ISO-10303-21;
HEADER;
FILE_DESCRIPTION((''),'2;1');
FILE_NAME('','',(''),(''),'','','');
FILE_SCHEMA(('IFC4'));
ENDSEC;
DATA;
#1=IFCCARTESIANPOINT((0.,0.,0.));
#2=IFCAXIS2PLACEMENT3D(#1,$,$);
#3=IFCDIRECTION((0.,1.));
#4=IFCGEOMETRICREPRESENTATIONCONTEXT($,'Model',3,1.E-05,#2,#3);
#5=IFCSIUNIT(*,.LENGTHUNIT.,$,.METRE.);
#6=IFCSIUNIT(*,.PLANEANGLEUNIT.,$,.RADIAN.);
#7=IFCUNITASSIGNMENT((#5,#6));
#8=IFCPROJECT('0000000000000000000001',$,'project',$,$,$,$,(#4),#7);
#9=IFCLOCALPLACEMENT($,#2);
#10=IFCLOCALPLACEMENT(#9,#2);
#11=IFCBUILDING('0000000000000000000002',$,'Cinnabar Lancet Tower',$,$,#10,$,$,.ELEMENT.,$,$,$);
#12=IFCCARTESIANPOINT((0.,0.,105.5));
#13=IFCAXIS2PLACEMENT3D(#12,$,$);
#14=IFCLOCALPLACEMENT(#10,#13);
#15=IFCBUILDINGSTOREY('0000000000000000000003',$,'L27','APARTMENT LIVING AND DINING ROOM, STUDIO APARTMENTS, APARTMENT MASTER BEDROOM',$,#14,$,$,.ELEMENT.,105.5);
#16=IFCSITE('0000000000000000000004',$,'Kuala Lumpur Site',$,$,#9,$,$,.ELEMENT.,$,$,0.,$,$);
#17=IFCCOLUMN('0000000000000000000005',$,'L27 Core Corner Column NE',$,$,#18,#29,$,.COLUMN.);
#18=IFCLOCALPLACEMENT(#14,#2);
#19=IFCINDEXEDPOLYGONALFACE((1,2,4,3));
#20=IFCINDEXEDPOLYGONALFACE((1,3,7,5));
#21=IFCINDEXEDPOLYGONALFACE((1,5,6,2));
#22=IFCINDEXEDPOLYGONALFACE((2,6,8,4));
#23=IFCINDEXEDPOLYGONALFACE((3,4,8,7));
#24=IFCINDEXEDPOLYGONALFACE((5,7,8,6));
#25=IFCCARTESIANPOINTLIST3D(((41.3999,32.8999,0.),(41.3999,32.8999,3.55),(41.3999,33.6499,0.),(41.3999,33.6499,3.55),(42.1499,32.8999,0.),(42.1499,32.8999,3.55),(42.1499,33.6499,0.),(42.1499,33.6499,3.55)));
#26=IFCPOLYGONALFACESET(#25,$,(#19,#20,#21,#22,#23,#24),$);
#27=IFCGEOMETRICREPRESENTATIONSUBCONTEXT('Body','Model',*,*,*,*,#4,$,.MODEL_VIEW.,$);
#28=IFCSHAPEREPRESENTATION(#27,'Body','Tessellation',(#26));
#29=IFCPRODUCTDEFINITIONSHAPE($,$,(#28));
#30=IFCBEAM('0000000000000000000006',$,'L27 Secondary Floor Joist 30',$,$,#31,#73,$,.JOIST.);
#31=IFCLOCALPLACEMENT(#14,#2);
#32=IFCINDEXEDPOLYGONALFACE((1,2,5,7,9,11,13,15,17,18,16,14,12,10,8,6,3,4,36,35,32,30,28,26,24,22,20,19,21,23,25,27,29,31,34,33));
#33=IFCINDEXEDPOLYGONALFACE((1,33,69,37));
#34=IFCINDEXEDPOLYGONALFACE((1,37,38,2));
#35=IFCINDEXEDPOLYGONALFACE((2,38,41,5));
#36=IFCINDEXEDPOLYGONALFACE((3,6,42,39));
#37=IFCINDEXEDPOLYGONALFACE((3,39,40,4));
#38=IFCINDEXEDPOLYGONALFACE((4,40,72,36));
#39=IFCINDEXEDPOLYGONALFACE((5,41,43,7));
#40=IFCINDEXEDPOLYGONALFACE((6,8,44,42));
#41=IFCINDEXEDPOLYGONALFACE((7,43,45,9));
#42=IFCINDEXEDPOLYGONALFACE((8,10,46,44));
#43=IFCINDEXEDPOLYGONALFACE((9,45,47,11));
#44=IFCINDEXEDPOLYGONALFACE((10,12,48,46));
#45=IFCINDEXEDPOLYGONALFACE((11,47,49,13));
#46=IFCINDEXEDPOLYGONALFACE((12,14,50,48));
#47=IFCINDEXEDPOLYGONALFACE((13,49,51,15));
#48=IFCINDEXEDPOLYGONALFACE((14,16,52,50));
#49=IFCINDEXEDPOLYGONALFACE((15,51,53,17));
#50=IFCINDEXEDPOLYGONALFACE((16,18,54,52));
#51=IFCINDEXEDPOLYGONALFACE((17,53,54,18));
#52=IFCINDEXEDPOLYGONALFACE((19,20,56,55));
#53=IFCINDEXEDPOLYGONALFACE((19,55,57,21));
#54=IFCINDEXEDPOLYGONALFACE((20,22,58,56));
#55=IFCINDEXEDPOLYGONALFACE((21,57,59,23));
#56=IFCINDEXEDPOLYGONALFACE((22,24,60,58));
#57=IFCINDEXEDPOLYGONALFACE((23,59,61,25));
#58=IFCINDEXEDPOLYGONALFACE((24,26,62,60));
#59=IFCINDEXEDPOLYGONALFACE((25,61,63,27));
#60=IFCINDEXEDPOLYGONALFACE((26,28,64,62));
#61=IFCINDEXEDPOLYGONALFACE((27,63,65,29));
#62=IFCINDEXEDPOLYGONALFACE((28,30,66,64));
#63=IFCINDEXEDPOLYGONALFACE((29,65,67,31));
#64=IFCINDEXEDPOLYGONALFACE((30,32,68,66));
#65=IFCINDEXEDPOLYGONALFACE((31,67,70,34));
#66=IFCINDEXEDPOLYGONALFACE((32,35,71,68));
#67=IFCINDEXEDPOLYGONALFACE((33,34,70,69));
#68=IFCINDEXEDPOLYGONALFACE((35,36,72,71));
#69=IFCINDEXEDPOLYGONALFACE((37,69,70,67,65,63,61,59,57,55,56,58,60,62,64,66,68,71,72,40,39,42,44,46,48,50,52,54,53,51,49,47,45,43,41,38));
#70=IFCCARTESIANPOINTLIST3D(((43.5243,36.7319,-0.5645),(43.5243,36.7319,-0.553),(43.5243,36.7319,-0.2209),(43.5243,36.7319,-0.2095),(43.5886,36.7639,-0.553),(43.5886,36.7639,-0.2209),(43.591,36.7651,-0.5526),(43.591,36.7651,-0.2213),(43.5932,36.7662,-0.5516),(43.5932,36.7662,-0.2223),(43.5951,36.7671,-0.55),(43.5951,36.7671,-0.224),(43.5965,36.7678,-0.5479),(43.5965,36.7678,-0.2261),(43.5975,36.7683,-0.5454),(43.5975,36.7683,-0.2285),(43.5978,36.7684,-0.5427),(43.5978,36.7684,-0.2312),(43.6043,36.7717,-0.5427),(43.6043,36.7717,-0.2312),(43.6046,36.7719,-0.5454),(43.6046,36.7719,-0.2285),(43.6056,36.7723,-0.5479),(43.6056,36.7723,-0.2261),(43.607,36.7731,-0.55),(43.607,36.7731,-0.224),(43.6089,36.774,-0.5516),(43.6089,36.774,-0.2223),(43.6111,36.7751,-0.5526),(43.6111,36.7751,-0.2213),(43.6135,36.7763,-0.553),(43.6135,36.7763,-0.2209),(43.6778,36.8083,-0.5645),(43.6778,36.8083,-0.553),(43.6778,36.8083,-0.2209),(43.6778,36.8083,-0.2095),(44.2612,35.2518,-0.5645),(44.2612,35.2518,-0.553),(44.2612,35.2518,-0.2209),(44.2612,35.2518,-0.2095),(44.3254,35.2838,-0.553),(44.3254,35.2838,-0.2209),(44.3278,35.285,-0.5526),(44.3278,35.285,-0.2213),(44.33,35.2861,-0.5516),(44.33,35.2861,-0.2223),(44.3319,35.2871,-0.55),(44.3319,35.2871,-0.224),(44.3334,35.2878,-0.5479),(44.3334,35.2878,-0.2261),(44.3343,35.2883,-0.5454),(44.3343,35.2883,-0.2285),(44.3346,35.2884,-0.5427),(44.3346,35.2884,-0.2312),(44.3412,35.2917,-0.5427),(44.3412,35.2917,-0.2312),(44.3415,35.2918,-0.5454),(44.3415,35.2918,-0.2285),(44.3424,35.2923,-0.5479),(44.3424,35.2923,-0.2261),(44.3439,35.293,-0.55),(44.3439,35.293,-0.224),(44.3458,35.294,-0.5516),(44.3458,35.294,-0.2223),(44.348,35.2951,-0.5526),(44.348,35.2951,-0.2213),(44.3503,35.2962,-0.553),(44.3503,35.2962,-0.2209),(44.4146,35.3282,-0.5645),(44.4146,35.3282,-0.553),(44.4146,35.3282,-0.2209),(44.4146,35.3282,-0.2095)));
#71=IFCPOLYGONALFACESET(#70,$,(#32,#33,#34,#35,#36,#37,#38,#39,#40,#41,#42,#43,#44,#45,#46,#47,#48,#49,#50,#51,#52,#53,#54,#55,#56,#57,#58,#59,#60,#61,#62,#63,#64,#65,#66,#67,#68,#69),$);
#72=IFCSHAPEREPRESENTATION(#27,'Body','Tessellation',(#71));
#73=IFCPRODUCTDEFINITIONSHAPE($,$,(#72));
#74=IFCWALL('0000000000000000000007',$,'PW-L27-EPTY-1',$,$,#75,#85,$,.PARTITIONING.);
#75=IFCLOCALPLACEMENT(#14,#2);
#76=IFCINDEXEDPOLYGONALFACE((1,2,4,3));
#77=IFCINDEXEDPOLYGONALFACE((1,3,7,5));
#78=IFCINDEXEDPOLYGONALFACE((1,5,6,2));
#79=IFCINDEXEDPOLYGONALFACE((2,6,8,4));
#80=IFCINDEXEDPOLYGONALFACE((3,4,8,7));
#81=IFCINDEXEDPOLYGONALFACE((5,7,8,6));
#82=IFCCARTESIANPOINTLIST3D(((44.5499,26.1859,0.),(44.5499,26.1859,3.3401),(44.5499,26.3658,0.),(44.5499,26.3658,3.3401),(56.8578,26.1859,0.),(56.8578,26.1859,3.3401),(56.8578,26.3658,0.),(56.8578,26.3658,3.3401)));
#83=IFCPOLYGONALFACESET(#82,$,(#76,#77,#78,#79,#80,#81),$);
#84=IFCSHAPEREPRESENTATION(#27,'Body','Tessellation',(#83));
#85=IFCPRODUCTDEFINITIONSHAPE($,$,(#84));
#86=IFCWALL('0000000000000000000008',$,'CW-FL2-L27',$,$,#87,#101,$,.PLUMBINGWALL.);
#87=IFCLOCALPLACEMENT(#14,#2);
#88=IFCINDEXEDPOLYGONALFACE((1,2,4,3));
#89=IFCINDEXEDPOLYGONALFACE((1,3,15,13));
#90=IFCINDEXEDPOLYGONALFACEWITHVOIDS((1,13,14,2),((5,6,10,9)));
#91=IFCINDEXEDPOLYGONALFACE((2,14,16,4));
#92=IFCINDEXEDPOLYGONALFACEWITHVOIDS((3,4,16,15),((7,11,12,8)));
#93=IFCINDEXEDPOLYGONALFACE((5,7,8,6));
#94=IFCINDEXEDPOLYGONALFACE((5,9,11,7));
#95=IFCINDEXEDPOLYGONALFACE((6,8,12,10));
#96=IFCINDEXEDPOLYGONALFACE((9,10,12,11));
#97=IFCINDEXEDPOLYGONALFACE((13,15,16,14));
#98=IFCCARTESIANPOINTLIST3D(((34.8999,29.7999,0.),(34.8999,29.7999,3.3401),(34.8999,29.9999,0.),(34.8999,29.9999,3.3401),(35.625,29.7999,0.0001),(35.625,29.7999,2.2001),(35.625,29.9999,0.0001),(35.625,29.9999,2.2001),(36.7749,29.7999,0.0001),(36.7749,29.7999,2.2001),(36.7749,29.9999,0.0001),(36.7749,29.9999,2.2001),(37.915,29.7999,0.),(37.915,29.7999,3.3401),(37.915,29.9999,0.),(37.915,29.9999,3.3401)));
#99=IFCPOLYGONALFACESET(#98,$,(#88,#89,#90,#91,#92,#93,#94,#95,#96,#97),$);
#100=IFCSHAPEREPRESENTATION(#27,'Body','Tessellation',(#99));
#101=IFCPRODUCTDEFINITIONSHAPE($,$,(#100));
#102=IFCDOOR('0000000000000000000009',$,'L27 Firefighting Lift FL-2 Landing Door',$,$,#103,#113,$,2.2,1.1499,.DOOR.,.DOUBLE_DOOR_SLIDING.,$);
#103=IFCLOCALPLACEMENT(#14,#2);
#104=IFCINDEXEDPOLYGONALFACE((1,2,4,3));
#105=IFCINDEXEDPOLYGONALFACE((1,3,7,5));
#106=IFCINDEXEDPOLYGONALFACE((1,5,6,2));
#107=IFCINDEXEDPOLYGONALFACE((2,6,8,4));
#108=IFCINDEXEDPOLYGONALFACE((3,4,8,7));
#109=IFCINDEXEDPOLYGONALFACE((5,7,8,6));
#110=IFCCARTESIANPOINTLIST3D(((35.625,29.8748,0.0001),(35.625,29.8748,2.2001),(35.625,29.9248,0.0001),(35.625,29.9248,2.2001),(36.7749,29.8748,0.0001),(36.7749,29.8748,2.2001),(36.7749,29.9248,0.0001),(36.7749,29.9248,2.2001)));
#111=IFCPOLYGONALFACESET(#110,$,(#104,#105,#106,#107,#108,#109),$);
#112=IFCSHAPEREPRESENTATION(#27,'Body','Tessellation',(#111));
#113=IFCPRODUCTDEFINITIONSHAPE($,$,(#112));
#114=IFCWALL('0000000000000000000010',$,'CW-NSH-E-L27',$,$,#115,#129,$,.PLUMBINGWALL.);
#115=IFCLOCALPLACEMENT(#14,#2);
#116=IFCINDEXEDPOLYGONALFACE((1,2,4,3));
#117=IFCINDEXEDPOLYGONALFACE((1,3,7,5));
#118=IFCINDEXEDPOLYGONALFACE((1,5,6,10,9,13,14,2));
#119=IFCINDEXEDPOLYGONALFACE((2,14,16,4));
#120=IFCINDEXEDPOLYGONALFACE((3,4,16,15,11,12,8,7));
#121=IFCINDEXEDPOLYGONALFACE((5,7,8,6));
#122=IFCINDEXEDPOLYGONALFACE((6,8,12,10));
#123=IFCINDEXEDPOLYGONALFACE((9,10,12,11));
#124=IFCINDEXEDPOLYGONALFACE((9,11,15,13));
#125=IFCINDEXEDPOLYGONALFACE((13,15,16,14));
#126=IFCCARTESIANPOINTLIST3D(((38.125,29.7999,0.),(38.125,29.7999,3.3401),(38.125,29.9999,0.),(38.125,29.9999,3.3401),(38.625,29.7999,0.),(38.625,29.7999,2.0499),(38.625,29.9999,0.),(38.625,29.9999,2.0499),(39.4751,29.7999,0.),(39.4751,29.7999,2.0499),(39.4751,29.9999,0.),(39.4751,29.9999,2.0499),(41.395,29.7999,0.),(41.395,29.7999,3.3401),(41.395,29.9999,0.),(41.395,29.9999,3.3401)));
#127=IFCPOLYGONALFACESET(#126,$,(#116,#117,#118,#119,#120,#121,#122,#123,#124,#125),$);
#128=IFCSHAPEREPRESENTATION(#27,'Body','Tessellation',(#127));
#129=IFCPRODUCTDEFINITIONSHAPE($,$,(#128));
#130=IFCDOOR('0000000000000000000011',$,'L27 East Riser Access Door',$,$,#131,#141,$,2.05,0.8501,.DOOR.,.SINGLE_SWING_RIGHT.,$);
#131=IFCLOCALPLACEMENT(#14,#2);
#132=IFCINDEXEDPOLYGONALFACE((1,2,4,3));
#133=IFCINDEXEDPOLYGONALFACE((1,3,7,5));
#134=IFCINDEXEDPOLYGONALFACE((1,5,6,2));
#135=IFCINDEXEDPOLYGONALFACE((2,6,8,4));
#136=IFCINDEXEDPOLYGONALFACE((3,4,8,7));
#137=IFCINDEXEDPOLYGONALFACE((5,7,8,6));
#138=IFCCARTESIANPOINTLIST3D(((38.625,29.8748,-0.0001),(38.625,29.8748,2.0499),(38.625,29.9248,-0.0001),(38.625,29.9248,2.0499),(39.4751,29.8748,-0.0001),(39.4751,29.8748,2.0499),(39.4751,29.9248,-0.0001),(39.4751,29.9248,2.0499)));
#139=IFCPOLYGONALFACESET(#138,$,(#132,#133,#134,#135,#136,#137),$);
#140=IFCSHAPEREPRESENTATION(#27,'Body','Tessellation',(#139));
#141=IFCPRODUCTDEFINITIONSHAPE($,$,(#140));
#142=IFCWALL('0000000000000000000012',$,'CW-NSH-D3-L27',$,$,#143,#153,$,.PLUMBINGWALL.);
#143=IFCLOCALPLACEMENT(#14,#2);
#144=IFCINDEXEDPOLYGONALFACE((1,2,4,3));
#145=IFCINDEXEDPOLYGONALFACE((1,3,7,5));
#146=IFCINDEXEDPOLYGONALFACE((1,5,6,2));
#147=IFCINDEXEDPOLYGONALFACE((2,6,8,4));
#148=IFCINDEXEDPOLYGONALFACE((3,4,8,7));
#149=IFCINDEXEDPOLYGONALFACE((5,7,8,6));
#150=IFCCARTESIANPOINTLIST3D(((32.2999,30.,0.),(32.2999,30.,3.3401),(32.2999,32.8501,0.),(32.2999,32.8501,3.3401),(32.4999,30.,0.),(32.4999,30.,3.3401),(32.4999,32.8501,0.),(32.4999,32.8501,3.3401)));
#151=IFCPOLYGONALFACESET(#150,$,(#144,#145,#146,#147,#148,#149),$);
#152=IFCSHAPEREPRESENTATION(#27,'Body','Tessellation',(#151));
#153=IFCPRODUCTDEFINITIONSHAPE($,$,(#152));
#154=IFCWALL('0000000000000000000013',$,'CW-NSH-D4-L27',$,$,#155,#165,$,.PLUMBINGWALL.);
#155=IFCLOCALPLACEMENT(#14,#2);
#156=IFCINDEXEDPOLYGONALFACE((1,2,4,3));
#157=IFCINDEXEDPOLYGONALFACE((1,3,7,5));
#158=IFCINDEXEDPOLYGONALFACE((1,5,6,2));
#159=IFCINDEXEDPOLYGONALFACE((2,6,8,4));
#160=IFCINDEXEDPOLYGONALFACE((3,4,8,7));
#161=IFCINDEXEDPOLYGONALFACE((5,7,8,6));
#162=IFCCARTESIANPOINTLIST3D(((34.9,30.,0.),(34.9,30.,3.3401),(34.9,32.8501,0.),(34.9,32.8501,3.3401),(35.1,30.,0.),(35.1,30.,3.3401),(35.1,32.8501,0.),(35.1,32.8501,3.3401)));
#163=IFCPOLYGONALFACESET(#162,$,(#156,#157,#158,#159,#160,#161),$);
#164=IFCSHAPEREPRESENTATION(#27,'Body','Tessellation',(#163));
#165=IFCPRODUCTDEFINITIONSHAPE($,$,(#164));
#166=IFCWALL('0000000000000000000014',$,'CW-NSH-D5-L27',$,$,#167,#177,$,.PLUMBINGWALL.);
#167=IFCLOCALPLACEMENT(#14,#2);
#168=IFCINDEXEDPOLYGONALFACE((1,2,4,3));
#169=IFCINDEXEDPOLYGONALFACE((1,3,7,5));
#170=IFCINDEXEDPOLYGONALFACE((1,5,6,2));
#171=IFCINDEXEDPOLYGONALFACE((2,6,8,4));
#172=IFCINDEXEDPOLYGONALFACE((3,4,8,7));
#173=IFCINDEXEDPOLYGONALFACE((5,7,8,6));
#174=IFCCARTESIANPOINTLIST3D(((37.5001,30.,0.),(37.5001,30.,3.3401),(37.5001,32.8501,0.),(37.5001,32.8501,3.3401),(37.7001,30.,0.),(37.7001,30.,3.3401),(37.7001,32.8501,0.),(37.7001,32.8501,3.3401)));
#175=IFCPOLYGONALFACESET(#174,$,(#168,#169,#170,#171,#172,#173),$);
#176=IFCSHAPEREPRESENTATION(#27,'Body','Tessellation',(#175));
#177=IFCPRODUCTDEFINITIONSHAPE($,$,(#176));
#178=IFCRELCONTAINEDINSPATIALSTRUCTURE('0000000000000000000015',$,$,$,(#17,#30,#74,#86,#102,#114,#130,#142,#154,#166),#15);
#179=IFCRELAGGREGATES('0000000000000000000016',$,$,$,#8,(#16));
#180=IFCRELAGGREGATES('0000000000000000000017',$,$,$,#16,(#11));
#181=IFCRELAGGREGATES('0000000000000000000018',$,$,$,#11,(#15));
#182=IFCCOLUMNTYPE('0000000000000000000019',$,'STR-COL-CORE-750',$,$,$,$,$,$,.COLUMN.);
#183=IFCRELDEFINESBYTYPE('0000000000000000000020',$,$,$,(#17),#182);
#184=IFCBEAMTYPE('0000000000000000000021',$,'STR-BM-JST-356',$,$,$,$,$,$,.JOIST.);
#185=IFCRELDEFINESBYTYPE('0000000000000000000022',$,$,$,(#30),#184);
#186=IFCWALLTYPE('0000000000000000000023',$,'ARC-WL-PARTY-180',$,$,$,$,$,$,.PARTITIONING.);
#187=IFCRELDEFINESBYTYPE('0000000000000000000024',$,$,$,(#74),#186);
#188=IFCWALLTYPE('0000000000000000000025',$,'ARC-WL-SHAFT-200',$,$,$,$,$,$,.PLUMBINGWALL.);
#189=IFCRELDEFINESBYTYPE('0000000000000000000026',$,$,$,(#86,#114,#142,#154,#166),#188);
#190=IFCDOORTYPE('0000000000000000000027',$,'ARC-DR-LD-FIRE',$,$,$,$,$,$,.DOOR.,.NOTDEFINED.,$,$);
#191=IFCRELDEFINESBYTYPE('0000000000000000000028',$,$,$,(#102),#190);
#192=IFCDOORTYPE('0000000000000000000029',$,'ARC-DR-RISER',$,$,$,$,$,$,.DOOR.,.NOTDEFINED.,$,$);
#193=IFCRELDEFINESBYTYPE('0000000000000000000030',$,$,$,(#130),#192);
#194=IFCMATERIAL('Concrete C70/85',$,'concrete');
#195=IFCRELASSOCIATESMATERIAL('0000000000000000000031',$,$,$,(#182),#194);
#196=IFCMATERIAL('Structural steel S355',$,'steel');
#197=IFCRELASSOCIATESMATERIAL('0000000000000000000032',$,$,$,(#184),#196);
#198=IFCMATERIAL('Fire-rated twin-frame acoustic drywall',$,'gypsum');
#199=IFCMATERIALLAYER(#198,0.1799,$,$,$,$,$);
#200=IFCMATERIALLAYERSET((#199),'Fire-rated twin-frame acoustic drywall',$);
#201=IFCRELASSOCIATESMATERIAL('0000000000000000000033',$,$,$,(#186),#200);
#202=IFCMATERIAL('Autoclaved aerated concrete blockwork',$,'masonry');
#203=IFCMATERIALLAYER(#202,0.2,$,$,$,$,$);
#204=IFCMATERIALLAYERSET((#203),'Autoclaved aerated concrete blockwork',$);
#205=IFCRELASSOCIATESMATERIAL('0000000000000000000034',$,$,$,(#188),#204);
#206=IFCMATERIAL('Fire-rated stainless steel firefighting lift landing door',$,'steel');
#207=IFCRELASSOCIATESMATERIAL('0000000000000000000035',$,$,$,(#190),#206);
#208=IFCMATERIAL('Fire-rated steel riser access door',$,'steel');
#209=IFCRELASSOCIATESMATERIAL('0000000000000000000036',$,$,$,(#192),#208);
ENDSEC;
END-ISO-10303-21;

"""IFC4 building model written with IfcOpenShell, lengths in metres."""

from ifc_helpers import new_model, si_unit, direction, frame, frame_2d, origin, origin_2d, place, context, subcontext, project, spatial, rectangle, i_section, extrude, material, layer, layer_set, material_profile, profile_set, type_object, element, fill, save


model = new_model("IFC4")

# Units and contexts
model_context = context("Model", 3, precision=1e-05, world=origin(), true_north=direction((0.0, 1.0)))
body_context = subcontext(model_context, "Body", "Model", "MODEL_VIEW")
ifc_project = project(units=[si_unit("LENGTHUNIT", "METRE"), si_unit("PLANEANGLEUNIT", "RADIAN")], contexts=[model_context])

# Site, building, storey
site_placement = place(None, origin())
site = spatial("IfcSite", under=ifc_project, at=site_placement, Name="Kuala Lumpur Site", CompositionType="ELEMENT", RefElevation=0.0)
building_placement = place(site_placement, origin())
building = spatial("IfcBuilding", under=site, at=building_placement, Name="Cinnabar Lancet Tower", CompositionType="ELEMENT")
storey_placement = place(building_placement, frame((0.0, 0.0, 105.5)))
storey = spatial("IfcBuildingStorey", under=building, at=storey_placement, Name="L27", Description="APARTMENT LIVING AND DINING ROOM, STUDIO APARTMENTS, APARTMENT MASTER BEDROOM", CompositionType="ELEMENT", Elevation=105.5)

# Column
ifc_material_1 = material(Name="Concrete C70/85", Category="concrete")
ifc_material_profile_1 = material_profile(ifc_material_1, rectangle(XDim=0.75, YDim=0.75, at=origin_2d()), Name="RC-COL 750x750")
ifc_profile_set_1 = profile_set([ifc_material_profile_1], Name="Concrete C70/85")
column_type = type_object("IfcColumnType", Name="STR-COL-CORE-750", PredefinedType="COLUMN", material=ifc_profile_set_1)
column_placement = place(storey_placement, frame((41.7749, 33.2749, 0.0), z_axis=(0.0, 0.0, 1.0), x_axis=(1.0, 0.0, 0.0)))
element("IfcColumn", 1, at=column_placement, inside=storey, type_object=column_type, Name="L27 Core Corner Column NE", PredefinedType="COLUMN", context=body_context, shape_type="SweptSolid", body=[
    extrude(rectangle(XDim=0.75, YDim=0.75, at=origin_2d()), origin(), (0.0, 0.0, 1.0), 3.55),
])

# Beam
ifc_material_2 = material(Name="Structural steel S355", Category="steel")
ifc_material_profile_2 = material_profile(ifc_material_2, i_section(OverallWidth=0.1714, OverallDepth=0.355, WebThickness=0.0073, FlangeThickness=0.0115, FilletRadius=0.0103, at=origin_2d()), Name="UKB 356x171x51")
ifc_profile_set_2 = profile_set([ifc_material_profile_2], Name="Structural steel S355")
beam_type = type_object("IfcBeamType", Name="STR-BM-JST-356", PredefinedType="JOIST", material=ifc_profile_set_2)
beam_placement = place(storey_placement, frame((44.3379, 35.29, -0.387), z_axis=(-0.445677, 0.895194, 0.0), x_axis=(-0.895194, -0.445677, 0.0)))
element("IfcBeam", 2, at=beam_placement, inside=storey, type_object=beam_type, Name="L27 Secondary Floor Joist 30", PredefinedType="JOIST", context=body_context, shape_type="SweptSolid", body=[
    extrude(i_section(OverallWidth=0.1714, OverallDepth=0.355, WebThickness=0.0073, FlangeThickness=0.0115, FilletRadius=0.0103, at=origin_2d()), origin(), (0.0, 0.0, 1.0), 1.6533),
])

# Wall
ifc_material_3 = material(Name="Fire-rated twin-frame acoustic drywall", Category="gypsum")
ifc_layer_1 = layer(ifc_material_3, 0.1799)
ifc_layer_set_1 = layer_set([ifc_layer_1], Name="Fire-rated twin-frame acoustic drywall")
wall_type_1 = type_object("IfcWallType", Name="ARC-WL-PARTY-180", PredefinedType="PARTITIONING", material=ifc_layer_set_1)
wall_1_placement = place(storey_placement, frame((44.55, 26.2759, 0.0), z_axis=(0.0, 0.0, 1.0), x_axis=(1.0, 0.0, 0.0)))
element("IfcWall", 3, at=wall_1_placement, inside=storey, type_object=wall_type_1, Name="PW-L27-EPTY-1", PredefinedType="PARTITIONING", context=body_context, shape_type="SweptSolid", body=[
    extrude(rectangle(XDim=12.3079, YDim=0.1799, at=frame_2d((6.1538, 0.0))), origin(), (0.0, 0.0, 1.0), 3.3401),
])

# Walls, openings, doors
ifc_material_4 = material(Name="Autoclaved aerated concrete blockwork", Category="masonry")
ifc_layer_2 = layer(ifc_material_4, 0.2)
ifc_layer_set_2 = layer_set([ifc_layer_2], Name="Autoclaved aerated concrete blockwork")
wall_type_2 = type_object("IfcWallType", Name="ARC-WL-SHAFT-200", PredefinedType="PLUMBINGWALL", material=ifc_layer_set_2)
wall_2_placement = place(storey_placement, frame((34.8999, 29.8999, 0.0), z_axis=(0.0, 0.0, 1.0), x_axis=(1.0, 0.0, 0.0)))
wall_2 = element("IfcWall", 4, at=wall_2_placement, inside=storey, type_object=wall_type_2, Name="CW-FL2-L27", PredefinedType="PLUMBINGWALL", context=body_context, shape_type="SweptSolid", body=[
    extrude(rectangle(XDim=3.0151, YDim=0.2, at=frame_2d((1.5076, 0.0))), origin(), (0.0, 0.0, 1.0), 3.3401),
])
opening_1_placement = place(wall_2_placement, frame((0.7251, 0.0, 0.0)))
opening_1 = element("IfcOpeningElement", 5, at=opening_1_placement, cuts=wall_2, PredefinedType="OPENING", context=body_context, shape_type="SweptSolid", body=[
    extrude(rectangle(XDim=1.1499, YDim=2.2, at=frame_2d((0.575, 1.1001))), frame((0.0, 0.1099, 0.0), z_axis=(0.0, -1.0, 0.0), x_axis=(1.0, 0.0, 0.0)), (0.0, 0.0, 1.0), 0.22),
])
ifc_material_5 = material(Name="Fire-rated stainless steel firefighting lift landing door", Category="steel")
door_type_1 = type_object("IfcDoorType", Name="ARC-DR-LD-FIRE", OperationType="NOTDEFINED", PredefinedType="DOOR", material=ifc_material_5)
door_1_placement = place(opening_1_placement, origin())
door_1 = element("IfcDoor", 6, at=door_1_placement, inside=storey, type_object=door_type_1, Name="L27 Firefighting Lift FL-2 Landing Door", OperationType="DOUBLE_DOOR_SLIDING", OverallHeight=2.2, OverallWidth=1.1499, PredefinedType="DOOR", context=body_context, shape_type="SweptSolid", body=[
    extrude(rectangle(XDim=1.1499, YDim=2.2, at=frame_2d((0.575, 1.1001))), frame((0.0, 0.0249, 0.0), z_axis=(0.0, -1.0, 0.0), x_axis=(1.0, 0.0, 0.0)), (0.0, 0.0, 1.0), 0.05),
])
fill(opening_1, door_1)
wall_3_placement = place(storey_placement, frame((38.125, 29.8999, 0.0), z_axis=(0.0, 0.0, 1.0), x_axis=(1.0, 0.0, 0.0)))
wall_3 = element("IfcWall", 7, at=wall_3_placement, inside=storey, type_object=wall_type_2, Name="CW-NSH-E-L27", PredefinedType="PLUMBINGWALL", context=body_context, shape_type="SweptSolid", body=[
    extrude(rectangle(XDim=3.27, YDim=0.2, at=frame_2d((1.635, 0.0))), origin(), (0.0, 0.0, 1.0), 3.3401),
])
opening_2_placement = place(wall_3_placement, frame((0.5, 0.0, 0.0)))
opening_2 = element("IfcOpeningElement", 8, at=opening_2_placement, cuts=wall_3, PredefinedType="OPENING", context=body_context, shape_type="SweptSolid", body=[
    extrude(rectangle(XDim=0.8501, YDim=2.05, at=frame_2d((0.425, 1.0249))), frame((0.0, 0.1099, 0.0), z_axis=(0.0, -1.0, 0.0), x_axis=(1.0, 0.0, 0.0)), (0.0, 0.0, 1.0), 0.22),
])
ifc_material_6 = material(Name="Fire-rated steel riser access door", Category="steel")
door_type_2 = type_object("IfcDoorType", Name="ARC-DR-RISER", OperationType="NOTDEFINED", PredefinedType="DOOR", material=ifc_material_6)
door_2_placement = place(opening_2_placement, origin())
door_2 = element("IfcDoor", 9, at=door_2_placement, inside=storey, type_object=door_type_2, Name="L27 East Riser Access Door", OperationType="SINGLE_SWING_RIGHT", OverallHeight=2.05, OverallWidth=0.8501, PredefinedType="DOOR", context=body_context, shape_type="SweptSolid", body=[
    extrude(rectangle(XDim=0.8501, YDim=2.05, at=frame_2d((0.425, 1.0249))), frame((0.0, 0.0249, 0.0), z_axis=(0.0, -1.0, 0.0), x_axis=(1.0, 0.0, 0.0)), (0.0, 0.0, 1.0), 0.05),
])
fill(opening_2, door_2)

# Walls
for number, where, z_axis, x_axis, name in (
    (10, (32.3999, 30.0, 0.0), (0.0, 0.0, 1.0), (0.0, 1.0, 0.0), "CW-NSH-D3-L27"),
    (11, (35.0, 30.0, 0.0), (0.0, 0.0, 1.0), (0.0, 1.0, 0.0), "CW-NSH-D4-L27"),
    (12, (37.6001, 30.0, 0.0), (0.0, 0.0, 1.0), (0.0, 1.0, 0.0), "CW-NSH-D5-L27"),
):
    element("IfcWall", number, at=place(storey_placement, frame(where, z_axis=z_axis, x_axis=x_axis)), inside=storey, type_object=wall_type_2, Name=name, PredefinedType="PLUMBINGWALL", context=body_context, shape_type="SweptSolid", body=[
        extrude(rectangle(XDim=2.8501, YDim=0.2, at=frame_2d((1.425, 0.0))), origin(), (0.0, 0.0, 1.0), 3.3401),
    ])

save(model, "model.ifc")
